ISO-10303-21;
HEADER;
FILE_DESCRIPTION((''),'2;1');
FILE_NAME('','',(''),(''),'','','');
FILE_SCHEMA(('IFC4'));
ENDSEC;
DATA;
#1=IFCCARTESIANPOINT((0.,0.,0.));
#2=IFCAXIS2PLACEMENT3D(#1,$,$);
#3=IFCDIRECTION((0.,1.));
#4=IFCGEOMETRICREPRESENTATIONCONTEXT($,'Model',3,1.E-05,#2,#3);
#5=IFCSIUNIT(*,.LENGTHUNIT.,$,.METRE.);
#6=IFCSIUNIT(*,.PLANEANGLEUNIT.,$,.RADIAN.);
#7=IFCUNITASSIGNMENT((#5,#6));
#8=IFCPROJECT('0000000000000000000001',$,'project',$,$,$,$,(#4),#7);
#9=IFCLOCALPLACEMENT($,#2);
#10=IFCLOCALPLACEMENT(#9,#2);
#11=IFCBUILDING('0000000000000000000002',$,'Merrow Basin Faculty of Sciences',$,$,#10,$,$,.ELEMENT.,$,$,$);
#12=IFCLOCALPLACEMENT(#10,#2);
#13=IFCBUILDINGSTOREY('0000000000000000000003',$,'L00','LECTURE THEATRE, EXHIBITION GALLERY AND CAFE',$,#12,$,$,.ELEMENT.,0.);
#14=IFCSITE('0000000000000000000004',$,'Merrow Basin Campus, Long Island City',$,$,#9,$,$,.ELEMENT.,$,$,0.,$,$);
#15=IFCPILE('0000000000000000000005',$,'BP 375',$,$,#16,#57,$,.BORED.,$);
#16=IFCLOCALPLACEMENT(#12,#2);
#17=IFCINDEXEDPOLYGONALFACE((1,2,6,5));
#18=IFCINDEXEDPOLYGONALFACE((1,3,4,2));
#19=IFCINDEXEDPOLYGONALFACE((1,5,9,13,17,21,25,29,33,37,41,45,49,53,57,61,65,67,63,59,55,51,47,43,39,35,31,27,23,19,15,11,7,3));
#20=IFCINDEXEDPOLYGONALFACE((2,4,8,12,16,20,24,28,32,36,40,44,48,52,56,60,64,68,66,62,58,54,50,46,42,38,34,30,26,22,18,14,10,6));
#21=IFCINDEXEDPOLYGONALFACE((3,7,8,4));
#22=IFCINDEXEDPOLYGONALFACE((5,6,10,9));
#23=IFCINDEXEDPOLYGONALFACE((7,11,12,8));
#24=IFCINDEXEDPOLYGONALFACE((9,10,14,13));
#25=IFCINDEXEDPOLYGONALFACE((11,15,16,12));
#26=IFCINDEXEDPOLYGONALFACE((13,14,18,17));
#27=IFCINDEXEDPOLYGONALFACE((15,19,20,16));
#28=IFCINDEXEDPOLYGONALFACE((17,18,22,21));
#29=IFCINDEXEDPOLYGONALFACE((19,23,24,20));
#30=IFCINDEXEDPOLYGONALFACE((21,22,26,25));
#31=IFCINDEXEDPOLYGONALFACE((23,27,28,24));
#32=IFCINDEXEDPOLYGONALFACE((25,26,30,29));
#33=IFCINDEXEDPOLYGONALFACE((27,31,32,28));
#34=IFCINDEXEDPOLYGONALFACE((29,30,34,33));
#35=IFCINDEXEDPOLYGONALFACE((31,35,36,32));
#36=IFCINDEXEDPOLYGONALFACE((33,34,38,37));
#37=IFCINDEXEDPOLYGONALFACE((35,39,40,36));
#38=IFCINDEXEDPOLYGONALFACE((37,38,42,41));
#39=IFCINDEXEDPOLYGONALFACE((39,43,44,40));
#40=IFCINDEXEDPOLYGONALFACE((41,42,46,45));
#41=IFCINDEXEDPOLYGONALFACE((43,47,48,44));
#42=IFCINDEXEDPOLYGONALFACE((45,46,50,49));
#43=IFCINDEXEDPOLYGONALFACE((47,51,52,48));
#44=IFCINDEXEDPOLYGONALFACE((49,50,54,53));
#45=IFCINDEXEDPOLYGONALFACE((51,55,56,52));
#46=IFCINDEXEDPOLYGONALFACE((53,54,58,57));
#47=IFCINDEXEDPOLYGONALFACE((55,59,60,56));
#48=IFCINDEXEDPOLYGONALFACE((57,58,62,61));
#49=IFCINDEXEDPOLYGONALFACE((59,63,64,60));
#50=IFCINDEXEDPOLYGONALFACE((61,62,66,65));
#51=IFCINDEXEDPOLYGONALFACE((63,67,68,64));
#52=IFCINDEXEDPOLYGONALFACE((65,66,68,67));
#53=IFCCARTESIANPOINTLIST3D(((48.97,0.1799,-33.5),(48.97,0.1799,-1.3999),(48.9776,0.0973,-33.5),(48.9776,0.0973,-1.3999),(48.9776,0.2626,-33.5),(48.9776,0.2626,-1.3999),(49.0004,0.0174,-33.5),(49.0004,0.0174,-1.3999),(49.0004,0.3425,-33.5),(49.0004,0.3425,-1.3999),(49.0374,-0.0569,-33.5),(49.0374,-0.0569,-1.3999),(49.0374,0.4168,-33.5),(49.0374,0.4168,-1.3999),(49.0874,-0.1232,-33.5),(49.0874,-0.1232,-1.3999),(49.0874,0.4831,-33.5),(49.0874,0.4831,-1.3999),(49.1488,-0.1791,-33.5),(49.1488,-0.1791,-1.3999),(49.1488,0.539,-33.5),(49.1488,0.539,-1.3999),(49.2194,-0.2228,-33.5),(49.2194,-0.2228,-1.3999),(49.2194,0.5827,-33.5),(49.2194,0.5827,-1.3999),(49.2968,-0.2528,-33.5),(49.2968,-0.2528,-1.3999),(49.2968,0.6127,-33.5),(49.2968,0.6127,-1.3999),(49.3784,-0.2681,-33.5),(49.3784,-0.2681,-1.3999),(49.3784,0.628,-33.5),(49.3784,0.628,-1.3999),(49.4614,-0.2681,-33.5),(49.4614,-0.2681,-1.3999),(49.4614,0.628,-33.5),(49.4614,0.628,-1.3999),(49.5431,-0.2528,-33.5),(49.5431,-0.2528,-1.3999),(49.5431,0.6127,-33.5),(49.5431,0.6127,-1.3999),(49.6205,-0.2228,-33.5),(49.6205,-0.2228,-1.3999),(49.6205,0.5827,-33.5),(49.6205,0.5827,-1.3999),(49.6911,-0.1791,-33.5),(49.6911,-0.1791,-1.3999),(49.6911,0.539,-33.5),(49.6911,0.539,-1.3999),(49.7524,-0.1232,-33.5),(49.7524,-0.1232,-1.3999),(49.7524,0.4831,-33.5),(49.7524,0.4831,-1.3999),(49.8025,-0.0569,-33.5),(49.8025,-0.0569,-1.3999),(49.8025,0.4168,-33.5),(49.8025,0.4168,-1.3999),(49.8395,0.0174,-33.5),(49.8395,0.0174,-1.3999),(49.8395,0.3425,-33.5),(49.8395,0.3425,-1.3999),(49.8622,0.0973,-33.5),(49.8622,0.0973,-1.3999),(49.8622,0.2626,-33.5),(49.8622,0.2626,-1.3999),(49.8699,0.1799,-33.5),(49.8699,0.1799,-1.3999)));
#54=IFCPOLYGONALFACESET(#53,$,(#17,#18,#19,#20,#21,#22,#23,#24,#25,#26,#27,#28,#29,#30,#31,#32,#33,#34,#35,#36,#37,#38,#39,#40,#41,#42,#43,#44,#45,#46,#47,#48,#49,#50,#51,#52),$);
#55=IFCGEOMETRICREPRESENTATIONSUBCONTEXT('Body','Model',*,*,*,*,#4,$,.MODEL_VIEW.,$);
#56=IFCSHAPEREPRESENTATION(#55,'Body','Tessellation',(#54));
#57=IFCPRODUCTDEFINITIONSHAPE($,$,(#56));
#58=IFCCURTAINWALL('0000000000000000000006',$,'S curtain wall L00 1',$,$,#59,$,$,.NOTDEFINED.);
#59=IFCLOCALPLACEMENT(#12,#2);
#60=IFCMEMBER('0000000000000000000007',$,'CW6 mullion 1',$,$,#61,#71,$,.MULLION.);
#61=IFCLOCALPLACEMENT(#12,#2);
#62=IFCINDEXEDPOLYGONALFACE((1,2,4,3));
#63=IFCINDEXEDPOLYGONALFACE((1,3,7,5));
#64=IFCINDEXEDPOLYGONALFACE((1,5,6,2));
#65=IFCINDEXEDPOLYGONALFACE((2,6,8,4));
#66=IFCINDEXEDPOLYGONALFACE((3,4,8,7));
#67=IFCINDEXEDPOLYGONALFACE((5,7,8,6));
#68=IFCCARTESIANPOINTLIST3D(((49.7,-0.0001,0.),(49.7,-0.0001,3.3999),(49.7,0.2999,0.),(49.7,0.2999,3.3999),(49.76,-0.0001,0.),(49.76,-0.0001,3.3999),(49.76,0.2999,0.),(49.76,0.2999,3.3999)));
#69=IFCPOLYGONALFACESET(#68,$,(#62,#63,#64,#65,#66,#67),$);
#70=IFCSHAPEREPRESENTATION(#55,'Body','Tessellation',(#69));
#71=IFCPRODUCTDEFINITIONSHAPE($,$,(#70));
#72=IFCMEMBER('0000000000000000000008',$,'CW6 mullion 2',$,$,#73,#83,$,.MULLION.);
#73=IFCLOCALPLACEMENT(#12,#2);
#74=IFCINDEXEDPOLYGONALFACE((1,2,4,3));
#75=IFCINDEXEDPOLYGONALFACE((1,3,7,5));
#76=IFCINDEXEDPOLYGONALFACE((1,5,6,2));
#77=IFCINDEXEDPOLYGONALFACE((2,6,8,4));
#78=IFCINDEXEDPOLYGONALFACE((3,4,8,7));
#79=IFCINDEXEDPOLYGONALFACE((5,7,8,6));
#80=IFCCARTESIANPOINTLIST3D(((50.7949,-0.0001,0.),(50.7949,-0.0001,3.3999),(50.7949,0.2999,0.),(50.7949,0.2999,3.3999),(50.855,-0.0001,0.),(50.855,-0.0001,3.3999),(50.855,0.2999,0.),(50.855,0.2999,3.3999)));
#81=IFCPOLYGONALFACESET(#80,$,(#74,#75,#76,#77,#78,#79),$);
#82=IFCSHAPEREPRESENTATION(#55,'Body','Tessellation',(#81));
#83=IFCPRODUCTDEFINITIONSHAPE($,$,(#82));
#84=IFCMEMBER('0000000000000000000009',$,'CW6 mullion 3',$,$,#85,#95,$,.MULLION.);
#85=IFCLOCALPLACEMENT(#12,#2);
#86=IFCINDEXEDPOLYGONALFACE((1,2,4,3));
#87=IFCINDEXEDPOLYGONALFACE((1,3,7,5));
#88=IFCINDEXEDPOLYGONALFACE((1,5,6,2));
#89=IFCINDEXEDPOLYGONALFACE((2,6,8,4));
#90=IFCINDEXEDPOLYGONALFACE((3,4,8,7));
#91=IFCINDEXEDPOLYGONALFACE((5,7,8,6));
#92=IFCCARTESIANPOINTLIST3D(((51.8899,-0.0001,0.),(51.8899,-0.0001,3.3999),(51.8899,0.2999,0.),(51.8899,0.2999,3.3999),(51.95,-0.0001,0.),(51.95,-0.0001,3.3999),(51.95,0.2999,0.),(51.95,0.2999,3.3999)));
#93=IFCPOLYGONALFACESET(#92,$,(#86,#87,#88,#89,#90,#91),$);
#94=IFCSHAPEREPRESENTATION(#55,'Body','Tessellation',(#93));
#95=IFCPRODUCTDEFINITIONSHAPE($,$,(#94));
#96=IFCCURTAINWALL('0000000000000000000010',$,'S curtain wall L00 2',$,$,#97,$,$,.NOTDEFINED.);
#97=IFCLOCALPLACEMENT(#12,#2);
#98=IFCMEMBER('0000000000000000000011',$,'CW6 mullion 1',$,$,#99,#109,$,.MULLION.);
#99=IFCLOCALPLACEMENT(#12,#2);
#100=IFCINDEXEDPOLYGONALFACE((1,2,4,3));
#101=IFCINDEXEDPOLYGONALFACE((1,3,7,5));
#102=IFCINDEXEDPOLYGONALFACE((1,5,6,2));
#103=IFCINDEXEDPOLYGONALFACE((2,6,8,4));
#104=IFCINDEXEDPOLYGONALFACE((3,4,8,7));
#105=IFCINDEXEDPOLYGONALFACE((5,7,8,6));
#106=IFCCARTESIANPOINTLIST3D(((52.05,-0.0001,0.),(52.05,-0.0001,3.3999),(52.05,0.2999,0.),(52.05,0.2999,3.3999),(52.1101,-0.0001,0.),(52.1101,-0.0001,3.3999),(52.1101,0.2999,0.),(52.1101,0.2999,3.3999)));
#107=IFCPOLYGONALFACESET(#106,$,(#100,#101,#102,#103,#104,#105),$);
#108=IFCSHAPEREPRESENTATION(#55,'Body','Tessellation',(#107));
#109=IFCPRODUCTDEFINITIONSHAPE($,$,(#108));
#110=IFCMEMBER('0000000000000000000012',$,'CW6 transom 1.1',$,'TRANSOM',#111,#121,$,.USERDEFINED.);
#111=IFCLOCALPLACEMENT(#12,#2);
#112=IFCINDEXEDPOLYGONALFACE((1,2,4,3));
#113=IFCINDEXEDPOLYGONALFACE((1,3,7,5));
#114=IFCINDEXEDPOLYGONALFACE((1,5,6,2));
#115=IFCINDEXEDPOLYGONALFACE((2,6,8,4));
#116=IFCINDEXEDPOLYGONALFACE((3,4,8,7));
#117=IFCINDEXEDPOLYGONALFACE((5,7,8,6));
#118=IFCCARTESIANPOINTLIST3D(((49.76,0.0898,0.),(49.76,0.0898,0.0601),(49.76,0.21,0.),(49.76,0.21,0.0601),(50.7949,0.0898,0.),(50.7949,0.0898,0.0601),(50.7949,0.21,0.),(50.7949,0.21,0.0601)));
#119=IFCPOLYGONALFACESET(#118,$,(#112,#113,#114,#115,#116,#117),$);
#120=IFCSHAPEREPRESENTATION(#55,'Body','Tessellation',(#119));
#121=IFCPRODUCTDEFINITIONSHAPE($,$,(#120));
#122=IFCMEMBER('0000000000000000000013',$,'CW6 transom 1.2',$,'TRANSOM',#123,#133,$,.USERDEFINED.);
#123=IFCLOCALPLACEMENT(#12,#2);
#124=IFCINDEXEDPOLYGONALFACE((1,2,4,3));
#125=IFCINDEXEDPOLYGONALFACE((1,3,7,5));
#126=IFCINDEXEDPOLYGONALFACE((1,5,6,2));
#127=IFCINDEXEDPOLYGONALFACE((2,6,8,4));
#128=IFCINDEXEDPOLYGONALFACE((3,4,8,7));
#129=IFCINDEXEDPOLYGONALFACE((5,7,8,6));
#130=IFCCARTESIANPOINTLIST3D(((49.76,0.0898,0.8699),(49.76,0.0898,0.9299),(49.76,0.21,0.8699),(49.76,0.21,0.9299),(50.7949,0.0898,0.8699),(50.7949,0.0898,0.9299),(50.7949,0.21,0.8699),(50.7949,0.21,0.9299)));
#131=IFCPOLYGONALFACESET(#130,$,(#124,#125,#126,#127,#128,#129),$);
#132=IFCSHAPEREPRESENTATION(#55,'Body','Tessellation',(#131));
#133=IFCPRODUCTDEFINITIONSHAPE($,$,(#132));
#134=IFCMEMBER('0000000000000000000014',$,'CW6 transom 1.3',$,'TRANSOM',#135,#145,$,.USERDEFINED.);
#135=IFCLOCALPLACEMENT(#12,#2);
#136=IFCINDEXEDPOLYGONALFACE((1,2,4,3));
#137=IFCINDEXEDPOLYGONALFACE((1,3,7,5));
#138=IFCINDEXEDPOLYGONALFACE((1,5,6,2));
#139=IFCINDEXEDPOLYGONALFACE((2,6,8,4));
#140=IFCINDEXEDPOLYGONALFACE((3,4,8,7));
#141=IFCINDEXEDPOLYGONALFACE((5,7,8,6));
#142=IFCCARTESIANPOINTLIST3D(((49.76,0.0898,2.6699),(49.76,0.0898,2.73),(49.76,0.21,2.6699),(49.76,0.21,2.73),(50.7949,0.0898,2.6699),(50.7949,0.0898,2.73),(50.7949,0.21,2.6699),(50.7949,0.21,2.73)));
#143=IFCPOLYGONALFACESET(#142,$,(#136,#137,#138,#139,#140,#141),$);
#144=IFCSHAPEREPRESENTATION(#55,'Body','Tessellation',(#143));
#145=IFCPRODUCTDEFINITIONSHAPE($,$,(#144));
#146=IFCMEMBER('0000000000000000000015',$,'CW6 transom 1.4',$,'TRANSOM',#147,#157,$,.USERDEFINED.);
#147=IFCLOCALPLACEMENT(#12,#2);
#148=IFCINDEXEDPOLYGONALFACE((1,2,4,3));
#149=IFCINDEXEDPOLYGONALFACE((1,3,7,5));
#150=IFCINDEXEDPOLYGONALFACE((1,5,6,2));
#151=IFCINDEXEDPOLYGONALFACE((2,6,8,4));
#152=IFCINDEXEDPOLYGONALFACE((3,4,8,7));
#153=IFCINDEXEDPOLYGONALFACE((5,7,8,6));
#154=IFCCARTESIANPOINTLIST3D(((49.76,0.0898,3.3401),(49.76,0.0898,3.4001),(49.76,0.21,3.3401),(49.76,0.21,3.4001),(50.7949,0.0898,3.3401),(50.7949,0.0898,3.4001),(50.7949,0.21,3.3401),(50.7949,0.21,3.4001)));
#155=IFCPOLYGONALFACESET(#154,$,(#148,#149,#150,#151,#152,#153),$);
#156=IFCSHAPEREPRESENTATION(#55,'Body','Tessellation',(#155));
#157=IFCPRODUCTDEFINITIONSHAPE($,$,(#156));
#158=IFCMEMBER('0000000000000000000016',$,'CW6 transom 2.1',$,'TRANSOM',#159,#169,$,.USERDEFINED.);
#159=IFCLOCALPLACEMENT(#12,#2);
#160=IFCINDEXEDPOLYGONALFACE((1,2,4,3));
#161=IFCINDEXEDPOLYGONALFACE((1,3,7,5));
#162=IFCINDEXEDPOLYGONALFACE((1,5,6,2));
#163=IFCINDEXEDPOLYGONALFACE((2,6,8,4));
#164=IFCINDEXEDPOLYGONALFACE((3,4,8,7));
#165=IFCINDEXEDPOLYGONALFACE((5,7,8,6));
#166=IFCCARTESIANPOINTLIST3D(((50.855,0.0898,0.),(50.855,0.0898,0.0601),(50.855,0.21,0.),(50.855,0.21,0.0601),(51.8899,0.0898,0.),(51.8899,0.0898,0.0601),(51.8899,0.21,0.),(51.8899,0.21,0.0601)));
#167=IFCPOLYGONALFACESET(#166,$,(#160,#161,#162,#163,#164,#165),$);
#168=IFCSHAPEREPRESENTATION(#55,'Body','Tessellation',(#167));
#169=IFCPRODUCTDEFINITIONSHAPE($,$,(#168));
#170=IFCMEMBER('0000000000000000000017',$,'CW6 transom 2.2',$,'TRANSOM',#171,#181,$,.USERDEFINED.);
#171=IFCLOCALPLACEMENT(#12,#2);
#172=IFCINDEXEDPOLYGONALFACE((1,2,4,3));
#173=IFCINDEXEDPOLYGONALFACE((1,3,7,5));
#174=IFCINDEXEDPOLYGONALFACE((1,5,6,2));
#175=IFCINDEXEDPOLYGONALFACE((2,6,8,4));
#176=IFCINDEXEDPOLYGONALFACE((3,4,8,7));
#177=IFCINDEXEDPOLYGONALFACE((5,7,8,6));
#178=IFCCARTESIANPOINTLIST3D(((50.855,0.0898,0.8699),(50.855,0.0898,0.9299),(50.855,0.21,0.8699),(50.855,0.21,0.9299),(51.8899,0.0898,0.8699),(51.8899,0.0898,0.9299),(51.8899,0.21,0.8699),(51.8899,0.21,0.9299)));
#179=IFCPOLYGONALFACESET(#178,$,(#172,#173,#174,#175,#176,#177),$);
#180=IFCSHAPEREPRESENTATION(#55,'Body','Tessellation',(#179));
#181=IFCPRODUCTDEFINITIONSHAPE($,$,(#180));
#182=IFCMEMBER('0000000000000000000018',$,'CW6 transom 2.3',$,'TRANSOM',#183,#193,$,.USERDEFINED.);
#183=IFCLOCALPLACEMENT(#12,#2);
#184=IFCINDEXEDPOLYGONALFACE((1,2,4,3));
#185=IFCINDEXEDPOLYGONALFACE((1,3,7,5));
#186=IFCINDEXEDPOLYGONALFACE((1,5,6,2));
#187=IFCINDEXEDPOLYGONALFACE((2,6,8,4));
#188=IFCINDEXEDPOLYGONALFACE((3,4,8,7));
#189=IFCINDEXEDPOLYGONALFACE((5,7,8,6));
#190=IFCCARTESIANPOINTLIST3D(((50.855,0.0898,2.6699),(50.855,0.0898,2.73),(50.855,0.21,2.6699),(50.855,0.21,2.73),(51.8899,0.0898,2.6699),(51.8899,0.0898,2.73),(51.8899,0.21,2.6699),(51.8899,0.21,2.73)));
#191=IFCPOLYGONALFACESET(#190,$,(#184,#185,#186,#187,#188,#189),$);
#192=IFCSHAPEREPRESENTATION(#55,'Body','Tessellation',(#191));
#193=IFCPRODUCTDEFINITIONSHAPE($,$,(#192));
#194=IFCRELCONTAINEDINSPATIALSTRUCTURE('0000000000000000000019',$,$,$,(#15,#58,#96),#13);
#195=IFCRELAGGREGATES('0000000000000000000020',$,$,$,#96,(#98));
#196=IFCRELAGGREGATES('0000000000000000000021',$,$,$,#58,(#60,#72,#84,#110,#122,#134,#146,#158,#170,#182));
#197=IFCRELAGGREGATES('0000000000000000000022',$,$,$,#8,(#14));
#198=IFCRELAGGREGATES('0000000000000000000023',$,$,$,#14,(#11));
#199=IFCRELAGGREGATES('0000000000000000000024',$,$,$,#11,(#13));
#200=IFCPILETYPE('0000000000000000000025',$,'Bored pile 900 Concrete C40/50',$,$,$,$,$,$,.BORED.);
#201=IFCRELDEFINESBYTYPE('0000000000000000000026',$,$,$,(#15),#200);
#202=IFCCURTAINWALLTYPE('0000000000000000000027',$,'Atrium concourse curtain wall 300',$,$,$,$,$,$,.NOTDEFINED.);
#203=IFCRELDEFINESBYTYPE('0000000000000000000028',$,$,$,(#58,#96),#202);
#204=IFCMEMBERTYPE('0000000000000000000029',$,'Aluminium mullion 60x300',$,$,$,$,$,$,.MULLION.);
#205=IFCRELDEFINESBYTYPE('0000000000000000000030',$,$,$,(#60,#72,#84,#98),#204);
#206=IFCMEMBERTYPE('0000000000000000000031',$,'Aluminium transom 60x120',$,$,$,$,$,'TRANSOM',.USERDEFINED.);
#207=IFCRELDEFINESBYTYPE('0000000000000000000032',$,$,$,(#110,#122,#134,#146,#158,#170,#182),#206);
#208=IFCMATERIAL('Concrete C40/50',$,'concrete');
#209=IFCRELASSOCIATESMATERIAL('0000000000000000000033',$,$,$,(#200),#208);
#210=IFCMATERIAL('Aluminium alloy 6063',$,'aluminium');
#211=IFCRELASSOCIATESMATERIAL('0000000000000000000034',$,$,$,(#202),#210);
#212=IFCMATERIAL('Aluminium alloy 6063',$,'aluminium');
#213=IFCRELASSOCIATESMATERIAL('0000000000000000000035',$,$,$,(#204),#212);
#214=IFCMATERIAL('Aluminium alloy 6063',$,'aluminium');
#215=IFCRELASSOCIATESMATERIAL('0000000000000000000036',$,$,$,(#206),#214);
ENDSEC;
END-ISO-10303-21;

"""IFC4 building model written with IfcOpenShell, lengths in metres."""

from ifc_helpers import new_model, si_unit, direction, frame, origin, origin_2d, place, context, subcontext, project, spatial, rectangle, circle, extrude, material, material_profile, profile_set, type_object, element, aggregate, save


model = new_model("IFC4")

# Units and contexts
model_context = context("Model", 3, precision=1e-05, world=origin(), true_north=direction((0.0, 1.0)))
body_context = subcontext(model_context, "Body", "Model", "MODEL_VIEW")
ifc_project = project(units=[si_unit("LENGTHUNIT", "METRE"), si_unit("PLANEANGLEUNIT", "RADIAN")], contexts=[model_context])

# Site, building, storey
site_placement = place(None, origin())
site = spatial("IfcSite", under=ifc_project, at=site_placement, Name="Merrow Basin Campus, Long Island City", CompositionType="ELEMENT", RefElevation=0.0)
building_placement = place(site_placement, origin())
building = spatial("IfcBuilding", under=site, at=building_placement, Name="Merrow Basin Faculty of Sciences", CompositionType="ELEMENT")
storey_placement = place(building_placement, origin())
storey = spatial("IfcBuildingStorey", under=building, at=storey_placement, Name="L00", Description="LECTURE THEATRE, EXHIBITION GALLERY AND CAFE", CompositionType="ELEMENT", Elevation=0.0)

# Pile
ifc_material_1 = material(Name="Concrete C40/50", Category="concrete")
ifc_material_profile_1 = material_profile(ifc_material_1, circle(Radius=0.45, at=origin_2d()))
ifc_profile_set_1 = profile_set([ifc_material_profile_1], Name="Concrete C40/50")
pile_type = type_object("IfcPileType", Name="Bored pile 900 Concrete C40/50", PredefinedType="BORED", material=ifc_profile_set_1)
pile_placement = place(storey_placement, frame((49.4199, 0.1799, -1.3999), z_axis=(0.0, 0.0, -1.0), x_axis=(1.0, 0.0, 0.0)))
element("IfcPile", 1, at=pile_placement, inside=storey, type_object=pile_type, Name="BP 375", PredefinedType="BORED", context=body_context, shape_type="SweptSolid", body=[
    extrude(circle(Radius=0.45, at=origin_2d()), origin(), (0.0, 0.0, 1.0), 32.1001),
])

# Curtain wall, members
ifc_material_2 = material(Name="Aluminium alloy 6063", Category="aluminium")
curtain_wall_type = type_object("IfcCurtainWallType", Name="Atrium concourse curtain wall 300", PredefinedType="NOTDEFINED", material=ifc_material_2)
curtain_wall_1_placement = place(storey_placement, origin())
curtain_wall_1 = element("IfcCurtainWall", 2, at=curtain_wall_1_placement, inside=storey, type_object=curtain_wall_type, Name="S curtain wall L00 1", PredefinedType="NOTDEFINED")
ifc_material_3 = material(Name="Aluminium alloy 6063", Category="aluminium")
ifc_material_profile_2 = material_profile(ifc_material_3, rectangle(XDim=0.3, YDim=0.0601, at=origin_2d()))
ifc_profile_set_2 = profile_set([ifc_material_profile_2], Name="Aluminium alloy 6063")
member_type_1 = type_object("IfcMemberType", Name="Aluminium mullion 60x300", PredefinedType="MULLION", material=ifc_profile_set_2)
member_1_placement = place(storey_placement, frame((49.73, 0.1499, 0.0), z_axis=(0.0, 0.0, 1.0), x_axis=(0.0, 1.0, 0.0)))
member_1 = element("IfcMember", 3, at=member_1_placement, type_object=member_type_1, Name="CW6 mullion 1", PredefinedType="MULLION", context=body_context, shape_type="SweptSolid", body=[
    extrude(rectangle(XDim=0.3, YDim=0.0601, at=origin_2d()), origin(), (0.0, 0.0, 1.0), 3.3999),
])
member_2_placement = place(storey_placement, frame((50.825, 0.1499, 0.0), z_axis=(0.0, 0.0, 1.0), x_axis=(0.0, 1.0, 0.0)))
member_2 = element("IfcMember", 4, at=member_2_placement, type_object=member_type_1, Name="CW6 mullion 2", PredefinedType="MULLION", context=body_context, shape_type="SweptSolid", body=[
    extrude(rectangle(XDim=0.3, YDim=0.0601, at=origin_2d()), origin(), (0.0, 0.0, 1.0), 3.3999),
])
member_3_placement = place(storey_placement, frame((51.9199, 0.1499, 0.0), z_axis=(0.0, 0.0, 1.0), x_axis=(0.0, 1.0, 0.0)))
member_3 = element("IfcMember", 5, at=member_3_placement, type_object=member_type_1, Name="CW6 mullion 3", PredefinedType="MULLION", context=body_context, shape_type="SweptSolid", body=[
    extrude(rectangle(XDim=0.3, YDim=0.0601, at=origin_2d()), origin(), (0.0, 0.0, 1.0), 3.3999),
])

# Curtain wall, member
curtain_wall_2_placement = place(storey_placement, origin())
curtain_wall_2 = element("IfcCurtainWall", 6, at=curtain_wall_2_placement, inside=storey, type_object=curtain_wall_type, Name="S curtain wall L00 2", PredefinedType="NOTDEFINED")
member_4_placement = place(storey_placement, frame((52.0801, 0.1499, 0.0), z_axis=(0.0, 0.0, 1.0), x_axis=(0.0, 1.0, 0.0)))
member_4 = element("IfcMember", 7, at=member_4_placement, type_object=member_type_1, Name="CW6 mullion 1", PredefinedType="MULLION", context=body_context, shape_type="SweptSolid", body=[
    extrude(rectangle(XDim=0.3, YDim=0.0601, at=origin_2d()), origin(), (0.0, 0.0, 1.0), 3.3999),
])

# Members
ifc_material_4 = material(Name="Aluminium alloy 6063", Category="aluminium")
ifc_material_profile_3 = material_profile(ifc_material_4, rectangle(XDim=0.1201, YDim=0.0601, at=origin_2d()))
ifc_profile_set_3 = profile_set([ifc_material_profile_3], Name="Aluminium alloy 6063")
member_type_2 = type_object("IfcMemberType", Name="Aluminium transom 60x120", ElementType="TRANSOM", PredefinedType="USERDEFINED", material=ifc_profile_set_3)
member_5_placement = place(storey_placement, frame((49.76, 0.1499, 0.03), z_axis=(1.0, 0.0, 0.0), x_axis=(0.0, 1.0, 0.0)))
member_5 = element("IfcMember", 8, at=member_5_placement, type_object=member_type_2, Name="CW6 transom 1.1", ObjectType="TRANSOM", PredefinedType="USERDEFINED", context=body_context, shape_type="SweptSolid", body=[
    extrude(rectangle(XDim=0.1201, YDim=0.0601, at=origin_2d()), origin(), (0.0, 0.0, 1.0), 1.0349),
])
member_6_placement = place(storey_placement, frame((49.76, 0.1499, 0.8999), z_axis=(1.0, 0.0, 0.0), x_axis=(0.0, 1.0, 0.0)))
member_6 = element("IfcMember", 9, at=member_6_placement, type_object=member_type_2, Name="CW6 transom 1.2", ObjectType="TRANSOM", PredefinedType="USERDEFINED", context=body_context, shape_type="SweptSolid", body=[
    extrude(rectangle(XDim=0.1201, YDim=0.0601, at=origin_2d()), origin(), (0.0, 0.0, 1.0), 1.0349),
])
member_7_placement = place(storey_placement, frame((49.76, 0.1499, 2.7), z_axis=(1.0, 0.0, 0.0), x_axis=(0.0, 1.0, 0.0)))
member_7 = element("IfcMember", 10, at=member_7_placement, type_object=member_type_2, Name="CW6 transom 1.3", ObjectType="TRANSOM", PredefinedType="USERDEFINED", context=body_context, shape_type="SweptSolid", body=[
    extrude(rectangle(XDim=0.1201, YDim=0.0601, at=origin_2d()), origin(), (0.0, 0.0, 1.0), 1.0349),
])
member_8_placement = place(storey_placement, frame((49.76, 0.1499, 3.3701), z_axis=(1.0, 0.0, 0.0), x_axis=(0.0, 1.0, 0.0)))
member_8 = element("IfcMember", 11, at=member_8_placement, type_object=member_type_2, Name="CW6 transom 1.4", ObjectType="TRANSOM", PredefinedType="USERDEFINED", context=body_context, shape_type="SweptSolid", body=[
    extrude(rectangle(XDim=0.1201, YDim=0.0601, at=origin_2d()), origin(), (0.0, 0.0, 1.0), 1.0349),
])
member_9_placement = place(storey_placement, frame((50.855, 0.1499, 0.03), z_axis=(1.0, 0.0, 0.0), x_axis=(0.0, 1.0, 0.0)))
member_9 = element("IfcMember", 12, at=member_9_placement, type_object=member_type_2, Name="CW6 transom 2.1", ObjectType="TRANSOM", PredefinedType="USERDEFINED", context=body_context, shape_type="SweptSolid", body=[
    extrude(rectangle(XDim=0.1201, YDim=0.0601, at=origin_2d()), origin(), (0.0, 0.0, 1.0), 1.0349),
])
member_10_placement = place(storey_placement, frame((50.855, 0.1499, 0.8999), z_axis=(1.0, 0.0, 0.0), x_axis=(0.0, 1.0, 0.0)))
member_10 = element("IfcMember", 13, at=member_10_placement, type_object=member_type_2, Name="CW6 transom 2.2", ObjectType="TRANSOM", PredefinedType="USERDEFINED", context=body_context, shape_type="SweptSolid", body=[
    extrude(rectangle(XDim=0.1201, YDim=0.0601, at=origin_2d()), origin(), (0.0, 0.0, 1.0), 1.0349),
])
member_11_placement = place(storey_placement, frame((50.855, 0.1499, 2.7), z_axis=(1.0, 0.0, 0.0), x_axis=(0.0, 1.0, 0.0)))
member_11 = element("IfcMember", 14, at=member_11_placement, type_object=member_type_2, Name="CW6 transom 2.3", ObjectType="TRANSOM", PredefinedType="USERDEFINED", context=body_context, shape_type="SweptSolid", body=[
    extrude(rectangle(XDim=0.1201, YDim=0.0601, at=origin_2d()), origin(), (0.0, 0.0, 1.0), 1.0349),
])
aggregate(curtain_wall_2, [member_4])

aggregate(curtain_wall_1, [member_1, member_2, member_3, member_5, member_6, member_7, member_8, member_9, member_10, member_11])

save(model, "model.ifc")
